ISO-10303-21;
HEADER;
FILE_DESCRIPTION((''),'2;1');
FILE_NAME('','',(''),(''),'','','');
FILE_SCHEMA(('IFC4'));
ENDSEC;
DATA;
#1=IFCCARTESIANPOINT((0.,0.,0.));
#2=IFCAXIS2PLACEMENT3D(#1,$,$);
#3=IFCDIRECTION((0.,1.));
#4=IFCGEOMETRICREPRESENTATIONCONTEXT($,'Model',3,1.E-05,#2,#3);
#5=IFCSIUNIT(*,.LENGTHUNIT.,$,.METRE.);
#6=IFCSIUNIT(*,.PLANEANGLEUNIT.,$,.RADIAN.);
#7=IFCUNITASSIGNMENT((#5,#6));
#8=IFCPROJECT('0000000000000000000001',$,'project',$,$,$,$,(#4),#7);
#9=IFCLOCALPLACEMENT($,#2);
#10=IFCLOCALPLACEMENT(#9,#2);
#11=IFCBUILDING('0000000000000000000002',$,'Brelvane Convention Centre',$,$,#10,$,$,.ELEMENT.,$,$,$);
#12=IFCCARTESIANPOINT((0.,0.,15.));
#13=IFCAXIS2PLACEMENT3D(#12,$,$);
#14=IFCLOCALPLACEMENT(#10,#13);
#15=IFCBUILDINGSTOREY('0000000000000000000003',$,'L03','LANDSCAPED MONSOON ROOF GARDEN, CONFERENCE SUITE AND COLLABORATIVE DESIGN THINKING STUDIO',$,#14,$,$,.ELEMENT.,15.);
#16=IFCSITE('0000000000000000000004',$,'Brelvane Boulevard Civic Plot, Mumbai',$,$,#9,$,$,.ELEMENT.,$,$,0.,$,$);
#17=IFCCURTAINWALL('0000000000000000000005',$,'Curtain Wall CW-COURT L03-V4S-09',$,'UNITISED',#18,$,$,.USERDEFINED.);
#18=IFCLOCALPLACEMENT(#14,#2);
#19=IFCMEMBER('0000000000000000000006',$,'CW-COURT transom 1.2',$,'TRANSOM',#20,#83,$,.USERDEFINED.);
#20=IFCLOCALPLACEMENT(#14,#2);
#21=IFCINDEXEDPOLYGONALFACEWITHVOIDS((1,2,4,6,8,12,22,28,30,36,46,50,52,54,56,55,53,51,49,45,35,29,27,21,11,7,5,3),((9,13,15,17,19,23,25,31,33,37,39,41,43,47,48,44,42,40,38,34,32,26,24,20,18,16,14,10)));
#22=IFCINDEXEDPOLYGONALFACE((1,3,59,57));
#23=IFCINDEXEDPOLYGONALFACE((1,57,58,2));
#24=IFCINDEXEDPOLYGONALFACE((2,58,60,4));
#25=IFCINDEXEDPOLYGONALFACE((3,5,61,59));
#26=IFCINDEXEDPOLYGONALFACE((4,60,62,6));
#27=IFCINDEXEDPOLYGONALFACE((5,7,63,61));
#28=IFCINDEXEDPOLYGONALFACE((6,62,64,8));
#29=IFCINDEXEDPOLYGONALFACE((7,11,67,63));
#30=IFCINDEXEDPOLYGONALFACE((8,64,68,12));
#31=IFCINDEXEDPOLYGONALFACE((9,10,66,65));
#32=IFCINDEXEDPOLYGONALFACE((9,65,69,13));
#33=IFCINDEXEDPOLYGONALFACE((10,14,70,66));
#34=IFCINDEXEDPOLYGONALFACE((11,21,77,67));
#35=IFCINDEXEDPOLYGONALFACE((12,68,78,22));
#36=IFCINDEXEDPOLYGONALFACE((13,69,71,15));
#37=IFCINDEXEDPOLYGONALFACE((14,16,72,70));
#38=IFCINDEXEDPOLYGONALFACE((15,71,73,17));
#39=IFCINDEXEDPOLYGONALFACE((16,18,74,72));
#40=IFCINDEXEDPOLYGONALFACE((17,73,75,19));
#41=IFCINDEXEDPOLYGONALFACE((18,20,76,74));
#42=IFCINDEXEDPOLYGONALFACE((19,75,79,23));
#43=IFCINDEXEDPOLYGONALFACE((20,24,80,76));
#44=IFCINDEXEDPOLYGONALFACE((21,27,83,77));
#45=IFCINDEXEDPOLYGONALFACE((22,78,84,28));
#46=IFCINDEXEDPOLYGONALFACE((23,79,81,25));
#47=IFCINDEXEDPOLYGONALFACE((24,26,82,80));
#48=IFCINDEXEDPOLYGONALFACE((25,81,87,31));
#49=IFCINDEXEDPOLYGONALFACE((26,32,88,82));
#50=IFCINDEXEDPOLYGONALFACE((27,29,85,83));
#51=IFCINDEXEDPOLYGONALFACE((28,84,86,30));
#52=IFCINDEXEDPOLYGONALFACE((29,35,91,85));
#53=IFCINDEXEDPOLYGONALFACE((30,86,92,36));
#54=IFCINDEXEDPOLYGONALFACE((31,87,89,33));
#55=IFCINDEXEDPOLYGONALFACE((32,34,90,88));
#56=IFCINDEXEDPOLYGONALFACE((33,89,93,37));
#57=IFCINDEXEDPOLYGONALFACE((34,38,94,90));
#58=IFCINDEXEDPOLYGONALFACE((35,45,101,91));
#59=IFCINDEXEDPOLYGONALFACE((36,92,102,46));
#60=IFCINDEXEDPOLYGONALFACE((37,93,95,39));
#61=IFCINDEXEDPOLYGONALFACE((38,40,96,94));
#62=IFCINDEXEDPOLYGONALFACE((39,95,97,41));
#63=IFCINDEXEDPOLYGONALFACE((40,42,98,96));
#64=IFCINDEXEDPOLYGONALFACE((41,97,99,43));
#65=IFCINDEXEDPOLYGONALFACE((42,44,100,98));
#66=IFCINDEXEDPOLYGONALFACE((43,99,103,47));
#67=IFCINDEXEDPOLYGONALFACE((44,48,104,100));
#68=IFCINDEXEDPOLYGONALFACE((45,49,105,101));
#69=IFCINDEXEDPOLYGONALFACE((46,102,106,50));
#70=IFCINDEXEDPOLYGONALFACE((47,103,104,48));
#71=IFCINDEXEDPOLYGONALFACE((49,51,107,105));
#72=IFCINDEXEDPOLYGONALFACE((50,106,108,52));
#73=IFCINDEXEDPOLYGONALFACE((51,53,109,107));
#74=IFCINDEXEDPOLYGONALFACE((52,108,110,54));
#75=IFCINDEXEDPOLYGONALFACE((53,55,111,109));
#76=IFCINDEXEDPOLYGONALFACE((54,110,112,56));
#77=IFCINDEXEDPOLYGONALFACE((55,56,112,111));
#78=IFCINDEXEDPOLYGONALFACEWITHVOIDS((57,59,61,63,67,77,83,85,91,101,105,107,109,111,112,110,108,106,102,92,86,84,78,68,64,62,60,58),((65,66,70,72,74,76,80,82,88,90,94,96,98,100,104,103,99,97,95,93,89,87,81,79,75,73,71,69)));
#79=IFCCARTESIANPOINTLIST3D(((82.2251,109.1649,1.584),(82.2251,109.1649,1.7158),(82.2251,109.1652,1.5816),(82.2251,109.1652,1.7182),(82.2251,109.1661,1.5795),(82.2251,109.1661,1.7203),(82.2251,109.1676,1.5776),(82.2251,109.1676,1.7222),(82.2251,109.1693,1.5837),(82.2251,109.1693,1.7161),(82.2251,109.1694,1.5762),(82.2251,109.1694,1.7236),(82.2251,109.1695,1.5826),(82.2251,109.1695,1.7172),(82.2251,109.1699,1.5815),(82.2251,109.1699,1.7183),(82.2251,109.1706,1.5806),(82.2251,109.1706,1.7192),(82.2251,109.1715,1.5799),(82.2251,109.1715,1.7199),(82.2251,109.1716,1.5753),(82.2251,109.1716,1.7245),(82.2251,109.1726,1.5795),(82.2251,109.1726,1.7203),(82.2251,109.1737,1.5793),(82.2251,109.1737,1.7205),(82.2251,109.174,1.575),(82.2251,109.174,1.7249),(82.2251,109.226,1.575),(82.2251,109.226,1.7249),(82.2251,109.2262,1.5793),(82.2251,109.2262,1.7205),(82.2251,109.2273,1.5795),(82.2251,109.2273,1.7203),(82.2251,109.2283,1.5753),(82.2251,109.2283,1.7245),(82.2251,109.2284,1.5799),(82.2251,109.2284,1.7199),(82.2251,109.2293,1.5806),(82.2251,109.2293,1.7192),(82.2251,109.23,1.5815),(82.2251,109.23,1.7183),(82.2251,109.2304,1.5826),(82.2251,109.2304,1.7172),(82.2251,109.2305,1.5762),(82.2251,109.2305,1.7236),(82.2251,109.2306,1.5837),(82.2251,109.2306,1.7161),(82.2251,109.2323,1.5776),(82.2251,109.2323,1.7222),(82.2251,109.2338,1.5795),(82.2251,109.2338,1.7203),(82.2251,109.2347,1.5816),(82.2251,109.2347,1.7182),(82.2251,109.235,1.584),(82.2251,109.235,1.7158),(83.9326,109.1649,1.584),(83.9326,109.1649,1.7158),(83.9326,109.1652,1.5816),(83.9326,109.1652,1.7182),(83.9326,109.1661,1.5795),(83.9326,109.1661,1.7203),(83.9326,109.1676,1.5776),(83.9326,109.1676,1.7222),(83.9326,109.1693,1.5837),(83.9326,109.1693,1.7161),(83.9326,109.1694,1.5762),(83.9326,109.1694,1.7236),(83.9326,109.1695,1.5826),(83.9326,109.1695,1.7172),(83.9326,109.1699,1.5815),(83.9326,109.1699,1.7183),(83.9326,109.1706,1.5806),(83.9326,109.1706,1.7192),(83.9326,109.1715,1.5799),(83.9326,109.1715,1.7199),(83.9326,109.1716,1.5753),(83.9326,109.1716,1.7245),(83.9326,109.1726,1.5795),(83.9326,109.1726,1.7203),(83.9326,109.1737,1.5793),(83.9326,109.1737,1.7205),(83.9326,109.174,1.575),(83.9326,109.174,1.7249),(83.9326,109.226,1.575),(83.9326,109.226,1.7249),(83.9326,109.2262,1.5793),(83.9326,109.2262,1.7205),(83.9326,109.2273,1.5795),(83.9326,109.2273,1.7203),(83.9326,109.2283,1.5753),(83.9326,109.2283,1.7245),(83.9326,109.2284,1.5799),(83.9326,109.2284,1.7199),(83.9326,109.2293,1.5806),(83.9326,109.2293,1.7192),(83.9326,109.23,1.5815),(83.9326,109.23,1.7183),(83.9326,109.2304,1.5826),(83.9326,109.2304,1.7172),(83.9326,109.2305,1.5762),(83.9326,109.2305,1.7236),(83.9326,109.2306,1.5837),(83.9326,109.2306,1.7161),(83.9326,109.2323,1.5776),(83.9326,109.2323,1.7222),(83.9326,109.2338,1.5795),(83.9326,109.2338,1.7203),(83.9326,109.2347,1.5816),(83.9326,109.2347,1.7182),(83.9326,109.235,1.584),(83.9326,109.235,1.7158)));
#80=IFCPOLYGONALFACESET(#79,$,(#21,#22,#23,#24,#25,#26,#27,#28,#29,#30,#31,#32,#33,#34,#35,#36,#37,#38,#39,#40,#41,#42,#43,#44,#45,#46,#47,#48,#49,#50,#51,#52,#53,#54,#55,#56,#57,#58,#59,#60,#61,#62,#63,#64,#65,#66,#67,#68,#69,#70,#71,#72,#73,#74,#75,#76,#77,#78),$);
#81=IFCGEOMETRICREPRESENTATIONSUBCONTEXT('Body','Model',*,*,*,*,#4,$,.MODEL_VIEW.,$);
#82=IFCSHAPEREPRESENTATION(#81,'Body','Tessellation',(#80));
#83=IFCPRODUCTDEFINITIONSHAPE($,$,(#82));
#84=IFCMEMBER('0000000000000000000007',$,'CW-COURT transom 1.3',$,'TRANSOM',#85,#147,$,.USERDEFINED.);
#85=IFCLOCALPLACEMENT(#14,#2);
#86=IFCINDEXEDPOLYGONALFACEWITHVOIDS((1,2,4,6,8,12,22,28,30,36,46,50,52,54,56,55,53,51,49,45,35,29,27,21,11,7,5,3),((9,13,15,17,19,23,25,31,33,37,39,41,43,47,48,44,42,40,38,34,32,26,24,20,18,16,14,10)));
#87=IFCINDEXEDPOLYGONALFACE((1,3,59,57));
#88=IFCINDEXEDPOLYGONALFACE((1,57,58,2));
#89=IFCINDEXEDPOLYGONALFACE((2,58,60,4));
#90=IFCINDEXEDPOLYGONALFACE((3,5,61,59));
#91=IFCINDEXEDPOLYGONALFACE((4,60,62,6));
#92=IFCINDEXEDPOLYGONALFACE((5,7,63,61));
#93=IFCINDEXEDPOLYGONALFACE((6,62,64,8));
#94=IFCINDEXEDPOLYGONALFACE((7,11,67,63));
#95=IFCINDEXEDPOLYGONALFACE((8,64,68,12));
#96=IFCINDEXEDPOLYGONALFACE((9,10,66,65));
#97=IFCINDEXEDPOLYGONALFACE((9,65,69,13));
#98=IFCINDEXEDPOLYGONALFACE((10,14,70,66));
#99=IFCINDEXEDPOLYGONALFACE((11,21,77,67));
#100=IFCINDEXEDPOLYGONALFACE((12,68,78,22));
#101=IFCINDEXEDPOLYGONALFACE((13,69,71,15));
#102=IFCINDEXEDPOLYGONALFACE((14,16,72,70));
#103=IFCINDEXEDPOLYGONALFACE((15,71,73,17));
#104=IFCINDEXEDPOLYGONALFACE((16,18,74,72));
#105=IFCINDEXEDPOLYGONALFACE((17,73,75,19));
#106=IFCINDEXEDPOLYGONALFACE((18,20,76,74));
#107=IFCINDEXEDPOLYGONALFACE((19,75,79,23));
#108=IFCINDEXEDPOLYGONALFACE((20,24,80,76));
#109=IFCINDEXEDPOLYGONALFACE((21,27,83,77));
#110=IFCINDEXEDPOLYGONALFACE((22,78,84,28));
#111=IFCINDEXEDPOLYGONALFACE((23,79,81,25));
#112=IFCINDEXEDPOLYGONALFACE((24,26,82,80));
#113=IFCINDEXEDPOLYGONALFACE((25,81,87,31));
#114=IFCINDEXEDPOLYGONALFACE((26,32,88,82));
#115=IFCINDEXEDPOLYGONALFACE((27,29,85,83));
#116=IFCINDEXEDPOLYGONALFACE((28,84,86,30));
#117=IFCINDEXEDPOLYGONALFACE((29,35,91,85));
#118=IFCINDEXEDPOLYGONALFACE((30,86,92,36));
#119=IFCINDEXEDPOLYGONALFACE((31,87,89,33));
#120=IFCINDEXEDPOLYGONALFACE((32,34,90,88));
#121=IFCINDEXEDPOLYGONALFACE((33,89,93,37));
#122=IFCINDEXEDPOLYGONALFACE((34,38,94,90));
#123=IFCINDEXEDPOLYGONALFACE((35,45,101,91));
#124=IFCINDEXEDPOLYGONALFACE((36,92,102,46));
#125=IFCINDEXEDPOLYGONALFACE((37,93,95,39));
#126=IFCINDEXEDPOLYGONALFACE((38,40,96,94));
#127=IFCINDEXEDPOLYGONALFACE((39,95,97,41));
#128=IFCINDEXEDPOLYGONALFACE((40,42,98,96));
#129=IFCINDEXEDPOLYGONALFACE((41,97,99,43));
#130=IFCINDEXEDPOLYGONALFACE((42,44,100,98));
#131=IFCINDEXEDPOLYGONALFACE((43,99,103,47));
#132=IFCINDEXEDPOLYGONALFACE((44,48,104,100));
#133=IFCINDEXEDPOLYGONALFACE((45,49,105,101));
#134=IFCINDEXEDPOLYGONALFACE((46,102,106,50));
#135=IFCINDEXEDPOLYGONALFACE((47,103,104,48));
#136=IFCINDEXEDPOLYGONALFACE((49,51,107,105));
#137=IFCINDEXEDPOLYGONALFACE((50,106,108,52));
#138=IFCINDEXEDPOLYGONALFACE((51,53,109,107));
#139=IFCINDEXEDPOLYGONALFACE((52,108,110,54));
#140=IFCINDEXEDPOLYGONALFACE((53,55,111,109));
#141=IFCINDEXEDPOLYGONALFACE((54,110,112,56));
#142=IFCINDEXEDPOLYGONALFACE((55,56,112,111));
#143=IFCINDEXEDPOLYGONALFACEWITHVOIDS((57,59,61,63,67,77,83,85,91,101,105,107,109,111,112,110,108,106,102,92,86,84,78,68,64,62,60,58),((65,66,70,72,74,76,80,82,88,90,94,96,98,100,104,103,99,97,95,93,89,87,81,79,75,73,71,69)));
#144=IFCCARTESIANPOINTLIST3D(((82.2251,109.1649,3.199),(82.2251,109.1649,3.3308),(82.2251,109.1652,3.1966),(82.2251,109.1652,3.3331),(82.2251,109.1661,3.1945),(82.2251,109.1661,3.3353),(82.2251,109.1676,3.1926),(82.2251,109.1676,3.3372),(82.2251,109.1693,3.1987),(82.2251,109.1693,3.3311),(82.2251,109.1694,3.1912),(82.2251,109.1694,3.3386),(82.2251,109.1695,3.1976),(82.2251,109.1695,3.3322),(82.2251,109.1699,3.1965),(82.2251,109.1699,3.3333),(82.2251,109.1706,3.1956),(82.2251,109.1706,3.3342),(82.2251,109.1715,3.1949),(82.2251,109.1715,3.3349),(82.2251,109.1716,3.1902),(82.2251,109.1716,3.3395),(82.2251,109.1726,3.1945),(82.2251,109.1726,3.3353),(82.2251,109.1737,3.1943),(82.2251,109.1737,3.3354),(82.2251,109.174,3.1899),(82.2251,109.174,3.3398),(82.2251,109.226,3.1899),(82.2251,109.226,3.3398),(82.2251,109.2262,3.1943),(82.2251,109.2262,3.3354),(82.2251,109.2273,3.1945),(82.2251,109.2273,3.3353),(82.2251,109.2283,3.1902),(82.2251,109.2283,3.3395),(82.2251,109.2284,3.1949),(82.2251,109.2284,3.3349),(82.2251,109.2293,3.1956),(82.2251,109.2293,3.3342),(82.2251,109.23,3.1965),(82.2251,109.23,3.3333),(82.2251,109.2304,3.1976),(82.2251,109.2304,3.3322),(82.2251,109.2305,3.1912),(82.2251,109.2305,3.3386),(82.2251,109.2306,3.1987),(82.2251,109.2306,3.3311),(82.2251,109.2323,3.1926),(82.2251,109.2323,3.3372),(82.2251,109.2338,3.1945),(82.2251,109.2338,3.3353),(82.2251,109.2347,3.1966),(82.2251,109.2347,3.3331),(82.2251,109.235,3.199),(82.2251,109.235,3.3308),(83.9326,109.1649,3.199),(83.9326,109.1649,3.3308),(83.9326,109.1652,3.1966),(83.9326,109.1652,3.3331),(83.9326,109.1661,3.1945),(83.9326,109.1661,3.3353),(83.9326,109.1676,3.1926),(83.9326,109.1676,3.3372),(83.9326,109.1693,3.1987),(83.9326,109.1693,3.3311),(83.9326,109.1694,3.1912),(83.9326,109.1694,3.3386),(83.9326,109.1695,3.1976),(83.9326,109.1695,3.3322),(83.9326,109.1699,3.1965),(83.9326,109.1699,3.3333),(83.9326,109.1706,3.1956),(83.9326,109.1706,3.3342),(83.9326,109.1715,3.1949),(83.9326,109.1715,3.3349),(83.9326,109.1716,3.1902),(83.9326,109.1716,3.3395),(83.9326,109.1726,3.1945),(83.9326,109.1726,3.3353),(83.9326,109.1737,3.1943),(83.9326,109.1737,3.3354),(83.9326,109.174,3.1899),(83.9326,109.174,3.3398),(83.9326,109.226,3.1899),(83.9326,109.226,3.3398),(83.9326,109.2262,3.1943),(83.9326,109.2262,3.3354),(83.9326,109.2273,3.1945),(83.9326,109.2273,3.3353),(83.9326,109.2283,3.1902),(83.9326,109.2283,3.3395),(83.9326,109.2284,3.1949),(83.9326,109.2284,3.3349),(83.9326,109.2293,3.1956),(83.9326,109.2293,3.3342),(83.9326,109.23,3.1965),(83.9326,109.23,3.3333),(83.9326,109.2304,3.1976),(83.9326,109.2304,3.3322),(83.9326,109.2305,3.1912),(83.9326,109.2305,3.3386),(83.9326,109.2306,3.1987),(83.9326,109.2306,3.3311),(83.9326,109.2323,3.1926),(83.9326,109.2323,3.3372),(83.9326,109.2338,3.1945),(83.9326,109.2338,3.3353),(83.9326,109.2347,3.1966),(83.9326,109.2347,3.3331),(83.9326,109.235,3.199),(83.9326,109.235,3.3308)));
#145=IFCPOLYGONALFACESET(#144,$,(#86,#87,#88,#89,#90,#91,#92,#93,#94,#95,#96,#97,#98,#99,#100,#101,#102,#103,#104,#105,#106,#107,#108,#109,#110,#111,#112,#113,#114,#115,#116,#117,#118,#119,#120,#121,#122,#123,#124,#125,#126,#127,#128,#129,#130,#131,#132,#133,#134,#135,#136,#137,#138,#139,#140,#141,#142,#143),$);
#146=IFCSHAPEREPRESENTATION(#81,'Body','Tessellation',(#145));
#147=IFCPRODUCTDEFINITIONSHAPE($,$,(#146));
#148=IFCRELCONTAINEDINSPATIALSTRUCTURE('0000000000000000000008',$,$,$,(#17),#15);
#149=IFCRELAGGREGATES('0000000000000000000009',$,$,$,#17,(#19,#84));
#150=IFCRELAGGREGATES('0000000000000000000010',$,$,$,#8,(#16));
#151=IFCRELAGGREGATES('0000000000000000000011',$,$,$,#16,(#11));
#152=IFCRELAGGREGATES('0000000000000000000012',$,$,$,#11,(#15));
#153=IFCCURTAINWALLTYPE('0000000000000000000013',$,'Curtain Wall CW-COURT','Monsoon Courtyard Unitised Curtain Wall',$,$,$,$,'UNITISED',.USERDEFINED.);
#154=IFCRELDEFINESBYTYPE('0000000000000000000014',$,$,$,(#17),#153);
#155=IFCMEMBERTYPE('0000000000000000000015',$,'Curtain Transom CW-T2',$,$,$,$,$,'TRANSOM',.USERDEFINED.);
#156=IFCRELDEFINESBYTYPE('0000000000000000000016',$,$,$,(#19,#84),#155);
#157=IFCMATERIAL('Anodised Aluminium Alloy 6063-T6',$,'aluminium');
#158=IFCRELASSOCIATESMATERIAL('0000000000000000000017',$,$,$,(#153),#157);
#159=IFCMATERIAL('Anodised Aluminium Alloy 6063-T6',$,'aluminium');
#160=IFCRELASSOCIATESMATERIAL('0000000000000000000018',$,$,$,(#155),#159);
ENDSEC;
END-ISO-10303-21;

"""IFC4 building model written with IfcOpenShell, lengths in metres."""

from ifc_helpers import new_model, si_unit, direction, frame, origin, origin_2d, place, context, subcontext, project, spatial, hollow_rectangle, extrude, material, material_profile, profile_set, type_object, element, aggregate, save


model = new_model("IFC4")

# Units and contexts
model_context = context("Model", 3, precision=1e-05, world=origin(), true_north=direction((0.0, 1.0)))
body_context = subcontext(model_context, "Body", "Model", "MODEL_VIEW")
ifc_project = project(units=[si_unit("LENGTHUNIT", "METRE"), si_unit("PLANEANGLEUNIT", "RADIAN")], contexts=[model_context])

# Site, building, storey
site_placement = place(None, origin())
site = spatial("IfcSite", under=ifc_project, at=site_placement, Name="Brelvane Boulevard Civic Plot, Mumbai", CompositionType="ELEMENT", RefElevation=0.0)
building_placement = place(site_placement, origin())
building = spatial("IfcBuilding", under=site, at=building_placement, Name="Brelvane Convention Centre", CompositionType="ELEMENT")
storey_placement = place(building_placement, frame((0.0, 0.0, 15.0)))
storey = spatial("IfcBuildingStorey", under=building, at=storey_placement, Name="L03", Description="LANDSCAPED MONSOON ROOF GARDEN, CONFERENCE SUITE AND COLLABORATIVE DESIGN THINKING STUDIO", CompositionType="ELEMENT", Elevation=15.0)

# Curtain wall, members
ifc_material_1 = material(Name="Anodised Aluminium Alloy 6063-T6", Category="aluminium")
curtain_wall_type = type_object("IfcCurtainWallType", Name="Curtain Wall CW-COURT", Description="Monsoon Courtyard Unitised Curtain Wall", ElementType="UNITISED", PredefinedType="USERDEFINED", material=ifc_material_1)
curtain_wall_placement = place(storey_placement, origin())
curtain_wall = element("IfcCurtainWall", 1, at=curtain_wall_placement, inside=storey, type_object=curtain_wall_type, Name="Curtain Wall CW-COURT L03-V4S-09", ObjectType="UNITISED", PredefinedType="USERDEFINED")
ifc_material_2 = material(Name="Anodised Aluminium Alloy 6063-T6", Category="aluminium")
ifc_material_profile_1 = material_profile(ifc_material_2, hollow_rectangle(XDim=0.0701, YDim=0.1499, WallThickness=0.0044, InnerFilletRadius=0.0044, OuterFilletRadius=0.009, at=origin_2d()), Name="ALU-T 150x70x4.5")
ifc_profile_set_1 = profile_set([ifc_material_profile_1], Name="Anodised Aluminium Alloy 6063-T6")
member_type_1 = type_object("IfcMemberType", Name="Curtain Transom CW-T2", ElementType="TRANSOM", PredefinedType="USERDEFINED", material=ifc_profile_set_1)
member_1_placement = place(storey_placement, frame((82.2251, 109.2, 1.6499), z_axis=(1.0, 0.0, 0.0), x_axis=(0.0, 1.0, 0.0)))
member_1 = element("IfcMember", 2, at=member_1_placement, type_object=member_type_1, Name="CW-COURT transom 1.2", ObjectType="TRANSOM", PredefinedType="USERDEFINED", context=body_context, shape_type="SweptSolid", body=[
    extrude(hollow_rectangle(XDim=0.0701, YDim=0.1499, WallThickness=0.0044, InnerFilletRadius=0.0044, OuterFilletRadius=0.009, at=origin_2d()), origin(), (0.0, 0.0, 1.0), 1.7075),
])
member_2_placement = place(storey_placement, frame((82.2251, 109.2, 3.2649), z_axis=(1.0, 0.0, 0.0), x_axis=(0.0, 1.0, 0.0)))
member_2 = element("IfcMember", 3, at=member_2_placement, type_object=member_type_1, Name="CW-COURT transom 1.3", ObjectType="TRANSOM", PredefinedType="USERDEFINED", context=body_context, shape_type="SweptSolid", body=[
    extrude(hollow_rectangle(XDim=0.0701, YDim=0.1499, WallThickness=0.0044, InnerFilletRadius=0.0044, OuterFilletRadius=0.009, at=origin_2d()), origin(), (0.0, 0.0, 1.0), 1.7075),
])

aggregate(curtain_wall, [member_1, member_2])

save(model, "model.ifc")
